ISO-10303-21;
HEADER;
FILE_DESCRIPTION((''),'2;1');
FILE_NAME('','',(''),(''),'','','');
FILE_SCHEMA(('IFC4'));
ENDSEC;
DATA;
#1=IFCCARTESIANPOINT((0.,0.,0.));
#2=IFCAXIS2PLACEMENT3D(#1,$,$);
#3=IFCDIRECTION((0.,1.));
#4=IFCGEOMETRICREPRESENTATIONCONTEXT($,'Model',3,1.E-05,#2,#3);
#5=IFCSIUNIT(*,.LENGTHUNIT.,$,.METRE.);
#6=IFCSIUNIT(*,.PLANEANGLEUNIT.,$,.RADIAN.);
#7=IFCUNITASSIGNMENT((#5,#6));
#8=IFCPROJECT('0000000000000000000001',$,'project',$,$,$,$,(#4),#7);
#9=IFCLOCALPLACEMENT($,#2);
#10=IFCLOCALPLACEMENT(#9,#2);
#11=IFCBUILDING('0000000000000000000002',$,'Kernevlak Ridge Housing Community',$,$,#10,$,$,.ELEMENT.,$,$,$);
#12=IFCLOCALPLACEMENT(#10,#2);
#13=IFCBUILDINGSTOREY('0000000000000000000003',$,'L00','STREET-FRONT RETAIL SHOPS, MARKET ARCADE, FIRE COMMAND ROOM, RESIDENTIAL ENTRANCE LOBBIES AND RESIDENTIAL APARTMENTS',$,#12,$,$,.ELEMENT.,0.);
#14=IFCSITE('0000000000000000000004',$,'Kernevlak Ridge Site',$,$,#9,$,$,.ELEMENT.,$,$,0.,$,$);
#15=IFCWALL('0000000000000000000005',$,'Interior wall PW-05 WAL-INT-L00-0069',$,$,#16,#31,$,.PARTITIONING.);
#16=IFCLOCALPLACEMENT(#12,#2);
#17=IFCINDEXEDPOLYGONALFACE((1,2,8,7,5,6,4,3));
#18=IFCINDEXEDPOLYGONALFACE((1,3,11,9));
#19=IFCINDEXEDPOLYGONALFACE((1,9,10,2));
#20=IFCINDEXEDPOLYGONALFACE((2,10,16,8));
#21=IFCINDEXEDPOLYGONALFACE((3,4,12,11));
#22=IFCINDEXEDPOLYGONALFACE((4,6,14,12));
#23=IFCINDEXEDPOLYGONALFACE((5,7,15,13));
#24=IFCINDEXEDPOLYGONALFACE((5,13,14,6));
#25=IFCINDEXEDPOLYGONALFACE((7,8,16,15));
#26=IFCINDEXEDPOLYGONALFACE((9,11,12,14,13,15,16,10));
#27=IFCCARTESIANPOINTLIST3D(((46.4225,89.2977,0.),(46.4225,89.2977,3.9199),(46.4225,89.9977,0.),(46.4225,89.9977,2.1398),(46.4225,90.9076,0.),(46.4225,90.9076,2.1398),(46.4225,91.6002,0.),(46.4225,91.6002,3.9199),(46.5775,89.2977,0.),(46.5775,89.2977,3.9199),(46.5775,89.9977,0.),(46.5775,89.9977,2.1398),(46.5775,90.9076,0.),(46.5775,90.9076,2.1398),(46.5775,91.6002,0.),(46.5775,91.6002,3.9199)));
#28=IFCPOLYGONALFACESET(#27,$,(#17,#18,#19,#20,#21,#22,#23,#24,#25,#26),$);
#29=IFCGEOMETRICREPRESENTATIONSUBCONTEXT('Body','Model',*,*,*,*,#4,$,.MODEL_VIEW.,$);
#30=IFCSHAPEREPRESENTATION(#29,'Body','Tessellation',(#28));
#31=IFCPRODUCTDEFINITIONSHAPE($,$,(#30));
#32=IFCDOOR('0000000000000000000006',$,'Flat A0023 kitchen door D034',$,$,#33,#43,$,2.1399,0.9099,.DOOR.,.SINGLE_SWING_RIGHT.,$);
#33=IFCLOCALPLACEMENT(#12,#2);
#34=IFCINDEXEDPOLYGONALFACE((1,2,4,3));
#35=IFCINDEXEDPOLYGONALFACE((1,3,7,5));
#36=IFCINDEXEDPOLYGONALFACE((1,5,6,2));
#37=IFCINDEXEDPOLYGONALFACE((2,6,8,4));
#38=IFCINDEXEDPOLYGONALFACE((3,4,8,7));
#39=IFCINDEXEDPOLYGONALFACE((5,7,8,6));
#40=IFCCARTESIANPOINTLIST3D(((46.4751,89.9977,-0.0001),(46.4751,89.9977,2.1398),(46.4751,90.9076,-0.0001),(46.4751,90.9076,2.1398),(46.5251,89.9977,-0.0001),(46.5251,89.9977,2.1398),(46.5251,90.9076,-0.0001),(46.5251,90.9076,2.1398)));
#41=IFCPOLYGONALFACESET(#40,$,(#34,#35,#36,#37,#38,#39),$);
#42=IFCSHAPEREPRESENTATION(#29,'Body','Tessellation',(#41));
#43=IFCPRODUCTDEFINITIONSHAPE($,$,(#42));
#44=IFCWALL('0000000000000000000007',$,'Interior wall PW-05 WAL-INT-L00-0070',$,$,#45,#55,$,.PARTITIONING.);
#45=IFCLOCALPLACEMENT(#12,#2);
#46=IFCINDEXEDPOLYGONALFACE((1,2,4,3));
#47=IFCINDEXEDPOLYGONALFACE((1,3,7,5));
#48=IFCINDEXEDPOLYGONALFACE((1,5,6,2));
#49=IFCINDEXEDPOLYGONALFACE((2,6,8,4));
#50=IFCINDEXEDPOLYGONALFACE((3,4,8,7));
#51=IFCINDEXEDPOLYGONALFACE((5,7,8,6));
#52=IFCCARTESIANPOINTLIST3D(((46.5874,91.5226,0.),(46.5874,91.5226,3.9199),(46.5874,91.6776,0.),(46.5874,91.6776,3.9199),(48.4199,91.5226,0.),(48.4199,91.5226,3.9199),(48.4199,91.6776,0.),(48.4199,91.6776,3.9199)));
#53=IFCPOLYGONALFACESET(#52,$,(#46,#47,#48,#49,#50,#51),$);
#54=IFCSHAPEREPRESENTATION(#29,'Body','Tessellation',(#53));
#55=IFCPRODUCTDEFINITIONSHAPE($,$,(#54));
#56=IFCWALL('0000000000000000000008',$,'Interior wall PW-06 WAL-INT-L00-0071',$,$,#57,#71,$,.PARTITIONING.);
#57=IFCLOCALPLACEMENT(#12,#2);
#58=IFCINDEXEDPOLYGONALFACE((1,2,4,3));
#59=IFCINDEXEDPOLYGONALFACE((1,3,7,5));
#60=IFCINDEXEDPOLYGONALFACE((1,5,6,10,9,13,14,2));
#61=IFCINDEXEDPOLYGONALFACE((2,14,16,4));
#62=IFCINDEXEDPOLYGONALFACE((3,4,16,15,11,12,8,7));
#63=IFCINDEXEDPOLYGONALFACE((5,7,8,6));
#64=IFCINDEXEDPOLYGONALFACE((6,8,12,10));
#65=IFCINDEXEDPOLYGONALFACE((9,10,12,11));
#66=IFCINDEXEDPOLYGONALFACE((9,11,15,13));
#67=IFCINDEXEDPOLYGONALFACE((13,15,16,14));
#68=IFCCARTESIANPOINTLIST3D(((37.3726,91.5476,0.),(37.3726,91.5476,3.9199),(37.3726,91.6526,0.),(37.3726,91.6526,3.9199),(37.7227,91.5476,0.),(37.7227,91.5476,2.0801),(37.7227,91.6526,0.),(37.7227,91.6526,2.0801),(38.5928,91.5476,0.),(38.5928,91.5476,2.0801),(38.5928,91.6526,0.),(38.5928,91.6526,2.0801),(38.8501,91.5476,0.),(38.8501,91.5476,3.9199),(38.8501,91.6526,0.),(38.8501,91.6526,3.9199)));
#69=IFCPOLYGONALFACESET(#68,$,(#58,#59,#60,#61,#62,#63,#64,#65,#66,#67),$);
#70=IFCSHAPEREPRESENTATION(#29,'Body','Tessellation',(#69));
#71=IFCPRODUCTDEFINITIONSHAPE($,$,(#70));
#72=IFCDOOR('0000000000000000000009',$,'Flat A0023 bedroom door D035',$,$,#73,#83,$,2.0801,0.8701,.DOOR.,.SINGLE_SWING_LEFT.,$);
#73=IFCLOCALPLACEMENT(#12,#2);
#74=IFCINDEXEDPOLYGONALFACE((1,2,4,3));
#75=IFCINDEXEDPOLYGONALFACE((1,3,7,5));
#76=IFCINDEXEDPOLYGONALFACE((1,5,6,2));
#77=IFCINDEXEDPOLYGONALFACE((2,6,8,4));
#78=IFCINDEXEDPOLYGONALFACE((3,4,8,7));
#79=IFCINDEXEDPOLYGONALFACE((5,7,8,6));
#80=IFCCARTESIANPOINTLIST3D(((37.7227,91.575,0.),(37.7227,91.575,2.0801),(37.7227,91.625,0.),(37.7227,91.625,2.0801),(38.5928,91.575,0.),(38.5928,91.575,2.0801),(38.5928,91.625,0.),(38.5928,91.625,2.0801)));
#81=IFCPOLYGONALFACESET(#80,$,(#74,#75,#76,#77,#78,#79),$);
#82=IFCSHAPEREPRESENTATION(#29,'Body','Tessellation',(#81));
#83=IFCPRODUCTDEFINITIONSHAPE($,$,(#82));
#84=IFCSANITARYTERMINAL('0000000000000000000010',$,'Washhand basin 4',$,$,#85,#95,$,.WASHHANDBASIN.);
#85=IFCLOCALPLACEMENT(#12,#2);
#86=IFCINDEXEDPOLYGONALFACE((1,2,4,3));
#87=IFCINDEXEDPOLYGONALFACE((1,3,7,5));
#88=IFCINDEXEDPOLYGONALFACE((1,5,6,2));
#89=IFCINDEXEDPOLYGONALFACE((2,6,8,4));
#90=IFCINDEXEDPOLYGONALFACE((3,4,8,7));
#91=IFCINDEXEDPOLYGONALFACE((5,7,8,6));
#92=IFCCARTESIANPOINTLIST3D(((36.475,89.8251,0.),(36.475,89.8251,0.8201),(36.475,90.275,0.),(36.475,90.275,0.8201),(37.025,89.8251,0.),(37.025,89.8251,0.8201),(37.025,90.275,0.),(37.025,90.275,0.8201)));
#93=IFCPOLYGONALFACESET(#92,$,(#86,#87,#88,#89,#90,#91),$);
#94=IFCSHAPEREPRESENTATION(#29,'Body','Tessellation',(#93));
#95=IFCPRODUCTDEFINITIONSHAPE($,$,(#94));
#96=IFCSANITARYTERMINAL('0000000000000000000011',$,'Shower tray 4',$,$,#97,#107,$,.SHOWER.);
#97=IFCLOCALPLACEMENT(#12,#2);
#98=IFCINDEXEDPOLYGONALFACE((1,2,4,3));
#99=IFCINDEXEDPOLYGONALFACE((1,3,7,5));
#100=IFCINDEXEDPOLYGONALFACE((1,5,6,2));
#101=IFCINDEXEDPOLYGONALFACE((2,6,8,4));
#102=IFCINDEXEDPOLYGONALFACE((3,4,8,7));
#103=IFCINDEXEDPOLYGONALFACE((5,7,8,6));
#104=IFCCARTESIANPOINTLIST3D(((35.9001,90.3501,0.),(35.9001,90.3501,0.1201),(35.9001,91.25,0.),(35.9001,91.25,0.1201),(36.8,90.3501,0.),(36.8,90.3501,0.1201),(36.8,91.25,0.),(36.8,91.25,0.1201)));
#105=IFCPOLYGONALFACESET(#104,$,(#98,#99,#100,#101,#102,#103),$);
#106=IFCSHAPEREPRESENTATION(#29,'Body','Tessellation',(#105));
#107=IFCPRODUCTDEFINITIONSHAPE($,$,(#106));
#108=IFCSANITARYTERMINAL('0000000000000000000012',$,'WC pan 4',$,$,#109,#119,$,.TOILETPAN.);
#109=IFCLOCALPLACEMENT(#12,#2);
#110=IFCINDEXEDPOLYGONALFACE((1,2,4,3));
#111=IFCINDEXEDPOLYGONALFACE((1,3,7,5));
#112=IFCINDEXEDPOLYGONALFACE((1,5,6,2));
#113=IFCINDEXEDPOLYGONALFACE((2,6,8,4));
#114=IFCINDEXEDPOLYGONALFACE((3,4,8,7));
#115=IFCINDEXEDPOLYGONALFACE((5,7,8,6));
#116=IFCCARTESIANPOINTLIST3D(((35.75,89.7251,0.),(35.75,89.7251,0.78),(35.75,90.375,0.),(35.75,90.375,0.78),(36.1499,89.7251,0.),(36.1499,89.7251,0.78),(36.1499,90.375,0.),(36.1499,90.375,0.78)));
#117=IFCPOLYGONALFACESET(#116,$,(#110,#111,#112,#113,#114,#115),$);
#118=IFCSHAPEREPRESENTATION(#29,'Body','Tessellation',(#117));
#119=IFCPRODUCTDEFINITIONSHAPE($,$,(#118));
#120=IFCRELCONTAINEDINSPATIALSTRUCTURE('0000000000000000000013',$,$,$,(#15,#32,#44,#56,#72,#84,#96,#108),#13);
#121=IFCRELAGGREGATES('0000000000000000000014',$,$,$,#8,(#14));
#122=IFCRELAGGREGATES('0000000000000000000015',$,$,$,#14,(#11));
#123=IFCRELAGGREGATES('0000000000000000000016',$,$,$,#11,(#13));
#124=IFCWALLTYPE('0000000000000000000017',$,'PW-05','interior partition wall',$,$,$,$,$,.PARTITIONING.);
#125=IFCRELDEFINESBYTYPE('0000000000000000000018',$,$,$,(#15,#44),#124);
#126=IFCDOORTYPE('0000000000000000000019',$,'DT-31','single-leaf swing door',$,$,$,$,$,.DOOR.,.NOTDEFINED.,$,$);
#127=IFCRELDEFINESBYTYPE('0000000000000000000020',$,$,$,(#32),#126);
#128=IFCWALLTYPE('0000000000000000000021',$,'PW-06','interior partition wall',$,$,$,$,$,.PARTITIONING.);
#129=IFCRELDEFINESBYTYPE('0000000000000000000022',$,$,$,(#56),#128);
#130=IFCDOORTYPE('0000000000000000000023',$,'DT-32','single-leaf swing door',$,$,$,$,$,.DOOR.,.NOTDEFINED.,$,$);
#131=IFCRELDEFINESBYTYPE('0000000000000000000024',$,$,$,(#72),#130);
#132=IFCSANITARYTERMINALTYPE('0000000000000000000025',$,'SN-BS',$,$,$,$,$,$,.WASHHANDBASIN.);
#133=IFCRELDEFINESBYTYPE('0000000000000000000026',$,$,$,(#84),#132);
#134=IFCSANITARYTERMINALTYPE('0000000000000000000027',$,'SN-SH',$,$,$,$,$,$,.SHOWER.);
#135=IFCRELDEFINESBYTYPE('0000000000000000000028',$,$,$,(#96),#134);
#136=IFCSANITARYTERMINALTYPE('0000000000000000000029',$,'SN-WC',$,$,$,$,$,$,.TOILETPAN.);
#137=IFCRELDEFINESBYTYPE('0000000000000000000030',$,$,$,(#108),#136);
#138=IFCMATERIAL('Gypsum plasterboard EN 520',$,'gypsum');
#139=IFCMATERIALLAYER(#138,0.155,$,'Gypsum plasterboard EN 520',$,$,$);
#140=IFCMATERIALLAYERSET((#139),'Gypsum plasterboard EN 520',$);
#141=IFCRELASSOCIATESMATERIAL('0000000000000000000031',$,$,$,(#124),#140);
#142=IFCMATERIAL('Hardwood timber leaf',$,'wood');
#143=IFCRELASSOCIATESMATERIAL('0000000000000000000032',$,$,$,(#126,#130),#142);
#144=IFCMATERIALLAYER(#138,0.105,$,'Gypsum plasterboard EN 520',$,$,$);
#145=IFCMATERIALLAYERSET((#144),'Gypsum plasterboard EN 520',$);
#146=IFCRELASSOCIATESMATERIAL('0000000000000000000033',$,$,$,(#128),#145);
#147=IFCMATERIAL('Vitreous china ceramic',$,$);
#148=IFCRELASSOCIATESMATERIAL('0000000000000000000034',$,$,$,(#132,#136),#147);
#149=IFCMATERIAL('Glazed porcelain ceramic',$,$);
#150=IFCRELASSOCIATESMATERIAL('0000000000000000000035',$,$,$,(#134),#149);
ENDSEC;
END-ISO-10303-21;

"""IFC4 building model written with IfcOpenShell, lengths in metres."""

from ifc_helpers import new_model, si_unit, direction, frame, frame_2d, origin, origin_2d, place, context, subcontext, project, spatial, rectangle, extrude, material, layer, layer_set, type_object, element, fill, save


model = new_model("IFC4")

# Units and contexts
model_context = context("Model", 3, precision=1e-05, world=origin(), true_north=direction((0.0, 1.0)))
body_context = subcontext(model_context, "Body", "Model", "MODEL_VIEW")
ifc_project = project(units=[si_unit("LENGTHUNIT", "METRE"), si_unit("PLANEANGLEUNIT", "RADIAN")], contexts=[model_context])

# Site, building, storey
site_placement = place(None, origin())
site = spatial("IfcSite", under=ifc_project, at=site_placement, Name="Kernevlak Ridge Site", CompositionType="ELEMENT", RefElevation=0.0)
building_placement = place(site_placement, origin())
building = spatial("IfcBuilding", under=site, at=building_placement, Name="Kernevlak Ridge Housing Community", CompositionType="ELEMENT")
storey_placement = place(building_placement, origin())
storey = spatial("IfcBuildingStorey", under=building, at=storey_placement, Name="L00", Description="STREET-FRONT RETAIL SHOPS, MARKET ARCADE, FIRE COMMAND ROOM, RESIDENTIAL ENTRANCE LOBBIES AND RESIDENTIAL APARTMENTS", CompositionType="ELEMENT", Elevation=0.0)

# Wall, opening, door
ifc_material_1 = material(Name="Gypsum plasterboard EN 520", Category="gypsum")
ifc_layer_1 = layer(ifc_material_1, 0.155, Name="Gypsum plasterboard EN 520")
ifc_layer_set_1 = layer_set([ifc_layer_1], Name="Gypsum plasterboard EN 520")
wall_type_1 = type_object("IfcWallType", Name="PW-05", Description="interior partition wall", PredefinedType="PARTITIONING", material=ifc_layer_set_1)
wall_1_placement = place(storey_placement, frame((46.5, 89.2976, 0.0), z_axis=(0.0, 0.0, 1.0), x_axis=(0.0, 1.0, 0.0)))
wall_1 = element("IfcWall", 1, at=wall_1_placement, inside=storey, type_object=wall_type_1, Name="Interior wall PW-05 WAL-INT-L00-0069", PredefinedType="PARTITIONING", context=body_context, shape_type="SweptSolid", body=[
    extrude(rectangle(XDim=2.3025, YDim=0.155, at=frame_2d((1.1514, 0.0))), origin(), (0.0, 0.0, 1.0), 3.9199),
])
opening_1_placement = place(wall_1_placement, frame((0.7, 0.0, 0.0)))
opening_1 = element("IfcOpeningElement", 2, at=opening_1_placement, cuts=wall_1, PredefinedType="OPENING", context=body_context, shape_type="SweptSolid", body=[
    extrude(rectangle(XDim=0.9099, YDim=2.1399, at=frame_2d((0.4551, 1.0698))), frame((0.0, 0.0874, 0.0), z_axis=(0.0, -1.0, 0.0), x_axis=(1.0, 0.0, 0.0)), (0.0, 0.0, 1.0), 0.175),
])
ifc_material_2 = material(Name="Hardwood timber leaf", Category="wood")
door_type_1 = type_object("IfcDoorType", Name="DT-31", Description="single-leaf swing door", OperationType="NOTDEFINED", PredefinedType="DOOR", material=ifc_material_2)
door_1_placement = place(opening_1_placement, origin())
door_1 = element("IfcDoor", 3, at=door_1_placement, inside=storey, type_object=door_type_1, Name="Flat A0023 kitchen door D034", OperationType="SINGLE_SWING_RIGHT", OverallHeight=2.1399, OverallWidth=0.9099, PredefinedType="DOOR", context=body_context, shape_type="SweptSolid", body=[
    extrude(rectangle(XDim=0.9099, YDim=2.1399, at=frame_2d((0.4551, 1.0698))), frame((0.0, 0.0249, 0.0), z_axis=(0.0, -1.0, 0.0), x_axis=(1.0, 0.0, 0.0)), (0.0, 0.0, 1.0), 0.05),
])
fill(opening_1, door_1)

# Wall
wall_2_placement = place(storey_placement, frame((46.5874, 91.6001, 0.0), z_axis=(0.0, 0.0, 1.0), x_axis=(1.0, 0.0, 0.0)))
element("IfcWall", 4, at=wall_2_placement, inside=storey, type_object=wall_type_1, Name="Interior wall PW-05 WAL-INT-L00-0070", PredefinedType="PARTITIONING", context=body_context, shape_type="SweptSolid", body=[
    extrude(rectangle(XDim=1.8325, YDim=0.155, at=frame_2d((0.9163, 0.0))), origin(), (0.0, 0.0, 1.0), 3.9199),
])

# Wall, opening, door
ifc_layer_2 = layer(ifc_material_1, 0.105, Name="Gypsum plasterboard EN 520")
ifc_layer_set_2 = layer_set([ifc_layer_2], Name="Gypsum plasterboard EN 520")
wall_type_2 = type_object("IfcWallType", Name="PW-06", Description="interior partition wall", PredefinedType="PARTITIONING", material=ifc_layer_set_2)
wall_3_placement = place(storey_placement, frame((37.3726, 91.6001, 0.0), z_axis=(0.0, 0.0, 1.0), x_axis=(1.0, 0.0, 0.0)))
wall_3 = element("IfcWall", 5, at=wall_3_placement, inside=storey, type_object=wall_type_2, Name="Interior wall PW-06 WAL-INT-L00-0071", PredefinedType="PARTITIONING", context=body_context, shape_type="SweptSolid", body=[
    extrude(rectangle(XDim=1.4775, YDim=0.105, at=frame_2d((0.7388, 0.0))), origin(), (0.0, 0.0, 1.0), 3.9199),
])
opening_2_placement = place(wall_3_placement, frame((0.3501, 0.0, 0.0)))
opening_2 = element("IfcOpeningElement", 6, at=opening_2_placement, cuts=wall_3, PredefinedType="OPENING", context=body_context, shape_type="SweptSolid", body=[
    extrude(rectangle(XDim=0.8701, YDim=2.0801, at=frame_2d((0.4351, 1.04))), frame((0.0, 0.0625, 0.0), z_axis=(0.0, -1.0, 0.0), x_axis=(1.0, 0.0, 0.0)), (0.0, 0.0, 1.0), 0.125),
])
door_type_2 = type_object("IfcDoorType", Name="DT-32", Description="single-leaf swing door", OperationType="NOTDEFINED", PredefinedType="DOOR", material=ifc_material_2)
door_2_placement = place(opening_2_placement, origin())
door_2 = element("IfcDoor", 7, at=door_2_placement, inside=storey, type_object=door_type_2, Name="Flat A0023 bedroom door D035", OperationType="SINGLE_SWING_LEFT", OverallHeight=2.0801, OverallWidth=0.8701, PredefinedType="DOOR", context=body_context, shape_type="SweptSolid", body=[
    extrude(rectangle(XDim=0.8701, YDim=2.0801, at=frame_2d((0.4351, 1.04))), frame((0.0, 0.0249, 0.0), z_axis=(0.0, -1.0, 0.0), x_axis=(1.0, 0.0, 0.0)), (0.0, 0.0, 1.0), 0.05),
])
fill(opening_2, door_2)

# Sanitary terminals
ifc_material_3 = material(Name="Vitreous china ceramic")
sanitary_terminal_type_1 = type_object("IfcSanitaryTerminalType", Name="SN-BS", PredefinedType="WASHHANDBASIN", material=ifc_material_3)
sanitary_terminal_1_placement = place(storey_placement, frame((36.75, 90.05, 0.0), z_axis=(0.0, 0.0, 1.0), x_axis=(1.0, 0.0, 0.0)))
element("IfcSanitaryTerminal", 8, at=sanitary_terminal_1_placement, inside=storey, type_object=sanitary_terminal_type_1, Name="Washhand basin 4", PredefinedType="WASHHANDBASIN", context=body_context, shape_type="SweptSolid", body=[
    extrude(rectangle(XDim=0.55, YDim=0.45, at=origin_2d()), origin(), (0.0, 0.0, 1.0), 0.8201),
])
ifc_material_4 = material(Name="Glazed porcelain ceramic")
sanitary_terminal_type_2 = type_object("IfcSanitaryTerminalType", Name="SN-SH", PredefinedType="SHOWER", material=ifc_material_4)
sanitary_terminal_2_placement = place(storey_placement, frame((36.3501, 90.8, 0.0), z_axis=(0.0, 0.0, 1.0), x_axis=(1.0, 0.0, 0.0)))
element("IfcSanitaryTerminal", 9, at=sanitary_terminal_2_placement, inside=storey, type_object=sanitary_terminal_type_2, Name="Shower tray 4", PredefinedType="SHOWER", context=body_context, shape_type="SweptSolid", body=[
    extrude(rectangle(XDim=0.8999, YDim=0.8999, at=origin_2d()), origin(), (0.0, 0.0, 1.0), 0.1201),
])
sanitary_terminal_type_3 = type_object("IfcSanitaryTerminalType", Name="SN-WC", PredefinedType="TOILETPAN", material=ifc_material_3)
sanitary_terminal_3_placement = place(storey_placement, frame((35.95, 90.05, 0.0), z_axis=(0.0, 0.0, 1.0), x_axis=(1.0, 0.0, 0.0)))
element("IfcSanitaryTerminal", 10, at=sanitary_terminal_3_placement, inside=storey, type_object=sanitary_terminal_type_3, Name="WC pan 4", PredefinedType="TOILETPAN", context=body_context, shape_type="SweptSolid", body=[
    extrude(rectangle(XDim=0.3999, YDim=0.6499, at=origin_2d()), origin(), (0.0, 0.0, 1.0), 0.78),
])

save(model, "model.ifc")
